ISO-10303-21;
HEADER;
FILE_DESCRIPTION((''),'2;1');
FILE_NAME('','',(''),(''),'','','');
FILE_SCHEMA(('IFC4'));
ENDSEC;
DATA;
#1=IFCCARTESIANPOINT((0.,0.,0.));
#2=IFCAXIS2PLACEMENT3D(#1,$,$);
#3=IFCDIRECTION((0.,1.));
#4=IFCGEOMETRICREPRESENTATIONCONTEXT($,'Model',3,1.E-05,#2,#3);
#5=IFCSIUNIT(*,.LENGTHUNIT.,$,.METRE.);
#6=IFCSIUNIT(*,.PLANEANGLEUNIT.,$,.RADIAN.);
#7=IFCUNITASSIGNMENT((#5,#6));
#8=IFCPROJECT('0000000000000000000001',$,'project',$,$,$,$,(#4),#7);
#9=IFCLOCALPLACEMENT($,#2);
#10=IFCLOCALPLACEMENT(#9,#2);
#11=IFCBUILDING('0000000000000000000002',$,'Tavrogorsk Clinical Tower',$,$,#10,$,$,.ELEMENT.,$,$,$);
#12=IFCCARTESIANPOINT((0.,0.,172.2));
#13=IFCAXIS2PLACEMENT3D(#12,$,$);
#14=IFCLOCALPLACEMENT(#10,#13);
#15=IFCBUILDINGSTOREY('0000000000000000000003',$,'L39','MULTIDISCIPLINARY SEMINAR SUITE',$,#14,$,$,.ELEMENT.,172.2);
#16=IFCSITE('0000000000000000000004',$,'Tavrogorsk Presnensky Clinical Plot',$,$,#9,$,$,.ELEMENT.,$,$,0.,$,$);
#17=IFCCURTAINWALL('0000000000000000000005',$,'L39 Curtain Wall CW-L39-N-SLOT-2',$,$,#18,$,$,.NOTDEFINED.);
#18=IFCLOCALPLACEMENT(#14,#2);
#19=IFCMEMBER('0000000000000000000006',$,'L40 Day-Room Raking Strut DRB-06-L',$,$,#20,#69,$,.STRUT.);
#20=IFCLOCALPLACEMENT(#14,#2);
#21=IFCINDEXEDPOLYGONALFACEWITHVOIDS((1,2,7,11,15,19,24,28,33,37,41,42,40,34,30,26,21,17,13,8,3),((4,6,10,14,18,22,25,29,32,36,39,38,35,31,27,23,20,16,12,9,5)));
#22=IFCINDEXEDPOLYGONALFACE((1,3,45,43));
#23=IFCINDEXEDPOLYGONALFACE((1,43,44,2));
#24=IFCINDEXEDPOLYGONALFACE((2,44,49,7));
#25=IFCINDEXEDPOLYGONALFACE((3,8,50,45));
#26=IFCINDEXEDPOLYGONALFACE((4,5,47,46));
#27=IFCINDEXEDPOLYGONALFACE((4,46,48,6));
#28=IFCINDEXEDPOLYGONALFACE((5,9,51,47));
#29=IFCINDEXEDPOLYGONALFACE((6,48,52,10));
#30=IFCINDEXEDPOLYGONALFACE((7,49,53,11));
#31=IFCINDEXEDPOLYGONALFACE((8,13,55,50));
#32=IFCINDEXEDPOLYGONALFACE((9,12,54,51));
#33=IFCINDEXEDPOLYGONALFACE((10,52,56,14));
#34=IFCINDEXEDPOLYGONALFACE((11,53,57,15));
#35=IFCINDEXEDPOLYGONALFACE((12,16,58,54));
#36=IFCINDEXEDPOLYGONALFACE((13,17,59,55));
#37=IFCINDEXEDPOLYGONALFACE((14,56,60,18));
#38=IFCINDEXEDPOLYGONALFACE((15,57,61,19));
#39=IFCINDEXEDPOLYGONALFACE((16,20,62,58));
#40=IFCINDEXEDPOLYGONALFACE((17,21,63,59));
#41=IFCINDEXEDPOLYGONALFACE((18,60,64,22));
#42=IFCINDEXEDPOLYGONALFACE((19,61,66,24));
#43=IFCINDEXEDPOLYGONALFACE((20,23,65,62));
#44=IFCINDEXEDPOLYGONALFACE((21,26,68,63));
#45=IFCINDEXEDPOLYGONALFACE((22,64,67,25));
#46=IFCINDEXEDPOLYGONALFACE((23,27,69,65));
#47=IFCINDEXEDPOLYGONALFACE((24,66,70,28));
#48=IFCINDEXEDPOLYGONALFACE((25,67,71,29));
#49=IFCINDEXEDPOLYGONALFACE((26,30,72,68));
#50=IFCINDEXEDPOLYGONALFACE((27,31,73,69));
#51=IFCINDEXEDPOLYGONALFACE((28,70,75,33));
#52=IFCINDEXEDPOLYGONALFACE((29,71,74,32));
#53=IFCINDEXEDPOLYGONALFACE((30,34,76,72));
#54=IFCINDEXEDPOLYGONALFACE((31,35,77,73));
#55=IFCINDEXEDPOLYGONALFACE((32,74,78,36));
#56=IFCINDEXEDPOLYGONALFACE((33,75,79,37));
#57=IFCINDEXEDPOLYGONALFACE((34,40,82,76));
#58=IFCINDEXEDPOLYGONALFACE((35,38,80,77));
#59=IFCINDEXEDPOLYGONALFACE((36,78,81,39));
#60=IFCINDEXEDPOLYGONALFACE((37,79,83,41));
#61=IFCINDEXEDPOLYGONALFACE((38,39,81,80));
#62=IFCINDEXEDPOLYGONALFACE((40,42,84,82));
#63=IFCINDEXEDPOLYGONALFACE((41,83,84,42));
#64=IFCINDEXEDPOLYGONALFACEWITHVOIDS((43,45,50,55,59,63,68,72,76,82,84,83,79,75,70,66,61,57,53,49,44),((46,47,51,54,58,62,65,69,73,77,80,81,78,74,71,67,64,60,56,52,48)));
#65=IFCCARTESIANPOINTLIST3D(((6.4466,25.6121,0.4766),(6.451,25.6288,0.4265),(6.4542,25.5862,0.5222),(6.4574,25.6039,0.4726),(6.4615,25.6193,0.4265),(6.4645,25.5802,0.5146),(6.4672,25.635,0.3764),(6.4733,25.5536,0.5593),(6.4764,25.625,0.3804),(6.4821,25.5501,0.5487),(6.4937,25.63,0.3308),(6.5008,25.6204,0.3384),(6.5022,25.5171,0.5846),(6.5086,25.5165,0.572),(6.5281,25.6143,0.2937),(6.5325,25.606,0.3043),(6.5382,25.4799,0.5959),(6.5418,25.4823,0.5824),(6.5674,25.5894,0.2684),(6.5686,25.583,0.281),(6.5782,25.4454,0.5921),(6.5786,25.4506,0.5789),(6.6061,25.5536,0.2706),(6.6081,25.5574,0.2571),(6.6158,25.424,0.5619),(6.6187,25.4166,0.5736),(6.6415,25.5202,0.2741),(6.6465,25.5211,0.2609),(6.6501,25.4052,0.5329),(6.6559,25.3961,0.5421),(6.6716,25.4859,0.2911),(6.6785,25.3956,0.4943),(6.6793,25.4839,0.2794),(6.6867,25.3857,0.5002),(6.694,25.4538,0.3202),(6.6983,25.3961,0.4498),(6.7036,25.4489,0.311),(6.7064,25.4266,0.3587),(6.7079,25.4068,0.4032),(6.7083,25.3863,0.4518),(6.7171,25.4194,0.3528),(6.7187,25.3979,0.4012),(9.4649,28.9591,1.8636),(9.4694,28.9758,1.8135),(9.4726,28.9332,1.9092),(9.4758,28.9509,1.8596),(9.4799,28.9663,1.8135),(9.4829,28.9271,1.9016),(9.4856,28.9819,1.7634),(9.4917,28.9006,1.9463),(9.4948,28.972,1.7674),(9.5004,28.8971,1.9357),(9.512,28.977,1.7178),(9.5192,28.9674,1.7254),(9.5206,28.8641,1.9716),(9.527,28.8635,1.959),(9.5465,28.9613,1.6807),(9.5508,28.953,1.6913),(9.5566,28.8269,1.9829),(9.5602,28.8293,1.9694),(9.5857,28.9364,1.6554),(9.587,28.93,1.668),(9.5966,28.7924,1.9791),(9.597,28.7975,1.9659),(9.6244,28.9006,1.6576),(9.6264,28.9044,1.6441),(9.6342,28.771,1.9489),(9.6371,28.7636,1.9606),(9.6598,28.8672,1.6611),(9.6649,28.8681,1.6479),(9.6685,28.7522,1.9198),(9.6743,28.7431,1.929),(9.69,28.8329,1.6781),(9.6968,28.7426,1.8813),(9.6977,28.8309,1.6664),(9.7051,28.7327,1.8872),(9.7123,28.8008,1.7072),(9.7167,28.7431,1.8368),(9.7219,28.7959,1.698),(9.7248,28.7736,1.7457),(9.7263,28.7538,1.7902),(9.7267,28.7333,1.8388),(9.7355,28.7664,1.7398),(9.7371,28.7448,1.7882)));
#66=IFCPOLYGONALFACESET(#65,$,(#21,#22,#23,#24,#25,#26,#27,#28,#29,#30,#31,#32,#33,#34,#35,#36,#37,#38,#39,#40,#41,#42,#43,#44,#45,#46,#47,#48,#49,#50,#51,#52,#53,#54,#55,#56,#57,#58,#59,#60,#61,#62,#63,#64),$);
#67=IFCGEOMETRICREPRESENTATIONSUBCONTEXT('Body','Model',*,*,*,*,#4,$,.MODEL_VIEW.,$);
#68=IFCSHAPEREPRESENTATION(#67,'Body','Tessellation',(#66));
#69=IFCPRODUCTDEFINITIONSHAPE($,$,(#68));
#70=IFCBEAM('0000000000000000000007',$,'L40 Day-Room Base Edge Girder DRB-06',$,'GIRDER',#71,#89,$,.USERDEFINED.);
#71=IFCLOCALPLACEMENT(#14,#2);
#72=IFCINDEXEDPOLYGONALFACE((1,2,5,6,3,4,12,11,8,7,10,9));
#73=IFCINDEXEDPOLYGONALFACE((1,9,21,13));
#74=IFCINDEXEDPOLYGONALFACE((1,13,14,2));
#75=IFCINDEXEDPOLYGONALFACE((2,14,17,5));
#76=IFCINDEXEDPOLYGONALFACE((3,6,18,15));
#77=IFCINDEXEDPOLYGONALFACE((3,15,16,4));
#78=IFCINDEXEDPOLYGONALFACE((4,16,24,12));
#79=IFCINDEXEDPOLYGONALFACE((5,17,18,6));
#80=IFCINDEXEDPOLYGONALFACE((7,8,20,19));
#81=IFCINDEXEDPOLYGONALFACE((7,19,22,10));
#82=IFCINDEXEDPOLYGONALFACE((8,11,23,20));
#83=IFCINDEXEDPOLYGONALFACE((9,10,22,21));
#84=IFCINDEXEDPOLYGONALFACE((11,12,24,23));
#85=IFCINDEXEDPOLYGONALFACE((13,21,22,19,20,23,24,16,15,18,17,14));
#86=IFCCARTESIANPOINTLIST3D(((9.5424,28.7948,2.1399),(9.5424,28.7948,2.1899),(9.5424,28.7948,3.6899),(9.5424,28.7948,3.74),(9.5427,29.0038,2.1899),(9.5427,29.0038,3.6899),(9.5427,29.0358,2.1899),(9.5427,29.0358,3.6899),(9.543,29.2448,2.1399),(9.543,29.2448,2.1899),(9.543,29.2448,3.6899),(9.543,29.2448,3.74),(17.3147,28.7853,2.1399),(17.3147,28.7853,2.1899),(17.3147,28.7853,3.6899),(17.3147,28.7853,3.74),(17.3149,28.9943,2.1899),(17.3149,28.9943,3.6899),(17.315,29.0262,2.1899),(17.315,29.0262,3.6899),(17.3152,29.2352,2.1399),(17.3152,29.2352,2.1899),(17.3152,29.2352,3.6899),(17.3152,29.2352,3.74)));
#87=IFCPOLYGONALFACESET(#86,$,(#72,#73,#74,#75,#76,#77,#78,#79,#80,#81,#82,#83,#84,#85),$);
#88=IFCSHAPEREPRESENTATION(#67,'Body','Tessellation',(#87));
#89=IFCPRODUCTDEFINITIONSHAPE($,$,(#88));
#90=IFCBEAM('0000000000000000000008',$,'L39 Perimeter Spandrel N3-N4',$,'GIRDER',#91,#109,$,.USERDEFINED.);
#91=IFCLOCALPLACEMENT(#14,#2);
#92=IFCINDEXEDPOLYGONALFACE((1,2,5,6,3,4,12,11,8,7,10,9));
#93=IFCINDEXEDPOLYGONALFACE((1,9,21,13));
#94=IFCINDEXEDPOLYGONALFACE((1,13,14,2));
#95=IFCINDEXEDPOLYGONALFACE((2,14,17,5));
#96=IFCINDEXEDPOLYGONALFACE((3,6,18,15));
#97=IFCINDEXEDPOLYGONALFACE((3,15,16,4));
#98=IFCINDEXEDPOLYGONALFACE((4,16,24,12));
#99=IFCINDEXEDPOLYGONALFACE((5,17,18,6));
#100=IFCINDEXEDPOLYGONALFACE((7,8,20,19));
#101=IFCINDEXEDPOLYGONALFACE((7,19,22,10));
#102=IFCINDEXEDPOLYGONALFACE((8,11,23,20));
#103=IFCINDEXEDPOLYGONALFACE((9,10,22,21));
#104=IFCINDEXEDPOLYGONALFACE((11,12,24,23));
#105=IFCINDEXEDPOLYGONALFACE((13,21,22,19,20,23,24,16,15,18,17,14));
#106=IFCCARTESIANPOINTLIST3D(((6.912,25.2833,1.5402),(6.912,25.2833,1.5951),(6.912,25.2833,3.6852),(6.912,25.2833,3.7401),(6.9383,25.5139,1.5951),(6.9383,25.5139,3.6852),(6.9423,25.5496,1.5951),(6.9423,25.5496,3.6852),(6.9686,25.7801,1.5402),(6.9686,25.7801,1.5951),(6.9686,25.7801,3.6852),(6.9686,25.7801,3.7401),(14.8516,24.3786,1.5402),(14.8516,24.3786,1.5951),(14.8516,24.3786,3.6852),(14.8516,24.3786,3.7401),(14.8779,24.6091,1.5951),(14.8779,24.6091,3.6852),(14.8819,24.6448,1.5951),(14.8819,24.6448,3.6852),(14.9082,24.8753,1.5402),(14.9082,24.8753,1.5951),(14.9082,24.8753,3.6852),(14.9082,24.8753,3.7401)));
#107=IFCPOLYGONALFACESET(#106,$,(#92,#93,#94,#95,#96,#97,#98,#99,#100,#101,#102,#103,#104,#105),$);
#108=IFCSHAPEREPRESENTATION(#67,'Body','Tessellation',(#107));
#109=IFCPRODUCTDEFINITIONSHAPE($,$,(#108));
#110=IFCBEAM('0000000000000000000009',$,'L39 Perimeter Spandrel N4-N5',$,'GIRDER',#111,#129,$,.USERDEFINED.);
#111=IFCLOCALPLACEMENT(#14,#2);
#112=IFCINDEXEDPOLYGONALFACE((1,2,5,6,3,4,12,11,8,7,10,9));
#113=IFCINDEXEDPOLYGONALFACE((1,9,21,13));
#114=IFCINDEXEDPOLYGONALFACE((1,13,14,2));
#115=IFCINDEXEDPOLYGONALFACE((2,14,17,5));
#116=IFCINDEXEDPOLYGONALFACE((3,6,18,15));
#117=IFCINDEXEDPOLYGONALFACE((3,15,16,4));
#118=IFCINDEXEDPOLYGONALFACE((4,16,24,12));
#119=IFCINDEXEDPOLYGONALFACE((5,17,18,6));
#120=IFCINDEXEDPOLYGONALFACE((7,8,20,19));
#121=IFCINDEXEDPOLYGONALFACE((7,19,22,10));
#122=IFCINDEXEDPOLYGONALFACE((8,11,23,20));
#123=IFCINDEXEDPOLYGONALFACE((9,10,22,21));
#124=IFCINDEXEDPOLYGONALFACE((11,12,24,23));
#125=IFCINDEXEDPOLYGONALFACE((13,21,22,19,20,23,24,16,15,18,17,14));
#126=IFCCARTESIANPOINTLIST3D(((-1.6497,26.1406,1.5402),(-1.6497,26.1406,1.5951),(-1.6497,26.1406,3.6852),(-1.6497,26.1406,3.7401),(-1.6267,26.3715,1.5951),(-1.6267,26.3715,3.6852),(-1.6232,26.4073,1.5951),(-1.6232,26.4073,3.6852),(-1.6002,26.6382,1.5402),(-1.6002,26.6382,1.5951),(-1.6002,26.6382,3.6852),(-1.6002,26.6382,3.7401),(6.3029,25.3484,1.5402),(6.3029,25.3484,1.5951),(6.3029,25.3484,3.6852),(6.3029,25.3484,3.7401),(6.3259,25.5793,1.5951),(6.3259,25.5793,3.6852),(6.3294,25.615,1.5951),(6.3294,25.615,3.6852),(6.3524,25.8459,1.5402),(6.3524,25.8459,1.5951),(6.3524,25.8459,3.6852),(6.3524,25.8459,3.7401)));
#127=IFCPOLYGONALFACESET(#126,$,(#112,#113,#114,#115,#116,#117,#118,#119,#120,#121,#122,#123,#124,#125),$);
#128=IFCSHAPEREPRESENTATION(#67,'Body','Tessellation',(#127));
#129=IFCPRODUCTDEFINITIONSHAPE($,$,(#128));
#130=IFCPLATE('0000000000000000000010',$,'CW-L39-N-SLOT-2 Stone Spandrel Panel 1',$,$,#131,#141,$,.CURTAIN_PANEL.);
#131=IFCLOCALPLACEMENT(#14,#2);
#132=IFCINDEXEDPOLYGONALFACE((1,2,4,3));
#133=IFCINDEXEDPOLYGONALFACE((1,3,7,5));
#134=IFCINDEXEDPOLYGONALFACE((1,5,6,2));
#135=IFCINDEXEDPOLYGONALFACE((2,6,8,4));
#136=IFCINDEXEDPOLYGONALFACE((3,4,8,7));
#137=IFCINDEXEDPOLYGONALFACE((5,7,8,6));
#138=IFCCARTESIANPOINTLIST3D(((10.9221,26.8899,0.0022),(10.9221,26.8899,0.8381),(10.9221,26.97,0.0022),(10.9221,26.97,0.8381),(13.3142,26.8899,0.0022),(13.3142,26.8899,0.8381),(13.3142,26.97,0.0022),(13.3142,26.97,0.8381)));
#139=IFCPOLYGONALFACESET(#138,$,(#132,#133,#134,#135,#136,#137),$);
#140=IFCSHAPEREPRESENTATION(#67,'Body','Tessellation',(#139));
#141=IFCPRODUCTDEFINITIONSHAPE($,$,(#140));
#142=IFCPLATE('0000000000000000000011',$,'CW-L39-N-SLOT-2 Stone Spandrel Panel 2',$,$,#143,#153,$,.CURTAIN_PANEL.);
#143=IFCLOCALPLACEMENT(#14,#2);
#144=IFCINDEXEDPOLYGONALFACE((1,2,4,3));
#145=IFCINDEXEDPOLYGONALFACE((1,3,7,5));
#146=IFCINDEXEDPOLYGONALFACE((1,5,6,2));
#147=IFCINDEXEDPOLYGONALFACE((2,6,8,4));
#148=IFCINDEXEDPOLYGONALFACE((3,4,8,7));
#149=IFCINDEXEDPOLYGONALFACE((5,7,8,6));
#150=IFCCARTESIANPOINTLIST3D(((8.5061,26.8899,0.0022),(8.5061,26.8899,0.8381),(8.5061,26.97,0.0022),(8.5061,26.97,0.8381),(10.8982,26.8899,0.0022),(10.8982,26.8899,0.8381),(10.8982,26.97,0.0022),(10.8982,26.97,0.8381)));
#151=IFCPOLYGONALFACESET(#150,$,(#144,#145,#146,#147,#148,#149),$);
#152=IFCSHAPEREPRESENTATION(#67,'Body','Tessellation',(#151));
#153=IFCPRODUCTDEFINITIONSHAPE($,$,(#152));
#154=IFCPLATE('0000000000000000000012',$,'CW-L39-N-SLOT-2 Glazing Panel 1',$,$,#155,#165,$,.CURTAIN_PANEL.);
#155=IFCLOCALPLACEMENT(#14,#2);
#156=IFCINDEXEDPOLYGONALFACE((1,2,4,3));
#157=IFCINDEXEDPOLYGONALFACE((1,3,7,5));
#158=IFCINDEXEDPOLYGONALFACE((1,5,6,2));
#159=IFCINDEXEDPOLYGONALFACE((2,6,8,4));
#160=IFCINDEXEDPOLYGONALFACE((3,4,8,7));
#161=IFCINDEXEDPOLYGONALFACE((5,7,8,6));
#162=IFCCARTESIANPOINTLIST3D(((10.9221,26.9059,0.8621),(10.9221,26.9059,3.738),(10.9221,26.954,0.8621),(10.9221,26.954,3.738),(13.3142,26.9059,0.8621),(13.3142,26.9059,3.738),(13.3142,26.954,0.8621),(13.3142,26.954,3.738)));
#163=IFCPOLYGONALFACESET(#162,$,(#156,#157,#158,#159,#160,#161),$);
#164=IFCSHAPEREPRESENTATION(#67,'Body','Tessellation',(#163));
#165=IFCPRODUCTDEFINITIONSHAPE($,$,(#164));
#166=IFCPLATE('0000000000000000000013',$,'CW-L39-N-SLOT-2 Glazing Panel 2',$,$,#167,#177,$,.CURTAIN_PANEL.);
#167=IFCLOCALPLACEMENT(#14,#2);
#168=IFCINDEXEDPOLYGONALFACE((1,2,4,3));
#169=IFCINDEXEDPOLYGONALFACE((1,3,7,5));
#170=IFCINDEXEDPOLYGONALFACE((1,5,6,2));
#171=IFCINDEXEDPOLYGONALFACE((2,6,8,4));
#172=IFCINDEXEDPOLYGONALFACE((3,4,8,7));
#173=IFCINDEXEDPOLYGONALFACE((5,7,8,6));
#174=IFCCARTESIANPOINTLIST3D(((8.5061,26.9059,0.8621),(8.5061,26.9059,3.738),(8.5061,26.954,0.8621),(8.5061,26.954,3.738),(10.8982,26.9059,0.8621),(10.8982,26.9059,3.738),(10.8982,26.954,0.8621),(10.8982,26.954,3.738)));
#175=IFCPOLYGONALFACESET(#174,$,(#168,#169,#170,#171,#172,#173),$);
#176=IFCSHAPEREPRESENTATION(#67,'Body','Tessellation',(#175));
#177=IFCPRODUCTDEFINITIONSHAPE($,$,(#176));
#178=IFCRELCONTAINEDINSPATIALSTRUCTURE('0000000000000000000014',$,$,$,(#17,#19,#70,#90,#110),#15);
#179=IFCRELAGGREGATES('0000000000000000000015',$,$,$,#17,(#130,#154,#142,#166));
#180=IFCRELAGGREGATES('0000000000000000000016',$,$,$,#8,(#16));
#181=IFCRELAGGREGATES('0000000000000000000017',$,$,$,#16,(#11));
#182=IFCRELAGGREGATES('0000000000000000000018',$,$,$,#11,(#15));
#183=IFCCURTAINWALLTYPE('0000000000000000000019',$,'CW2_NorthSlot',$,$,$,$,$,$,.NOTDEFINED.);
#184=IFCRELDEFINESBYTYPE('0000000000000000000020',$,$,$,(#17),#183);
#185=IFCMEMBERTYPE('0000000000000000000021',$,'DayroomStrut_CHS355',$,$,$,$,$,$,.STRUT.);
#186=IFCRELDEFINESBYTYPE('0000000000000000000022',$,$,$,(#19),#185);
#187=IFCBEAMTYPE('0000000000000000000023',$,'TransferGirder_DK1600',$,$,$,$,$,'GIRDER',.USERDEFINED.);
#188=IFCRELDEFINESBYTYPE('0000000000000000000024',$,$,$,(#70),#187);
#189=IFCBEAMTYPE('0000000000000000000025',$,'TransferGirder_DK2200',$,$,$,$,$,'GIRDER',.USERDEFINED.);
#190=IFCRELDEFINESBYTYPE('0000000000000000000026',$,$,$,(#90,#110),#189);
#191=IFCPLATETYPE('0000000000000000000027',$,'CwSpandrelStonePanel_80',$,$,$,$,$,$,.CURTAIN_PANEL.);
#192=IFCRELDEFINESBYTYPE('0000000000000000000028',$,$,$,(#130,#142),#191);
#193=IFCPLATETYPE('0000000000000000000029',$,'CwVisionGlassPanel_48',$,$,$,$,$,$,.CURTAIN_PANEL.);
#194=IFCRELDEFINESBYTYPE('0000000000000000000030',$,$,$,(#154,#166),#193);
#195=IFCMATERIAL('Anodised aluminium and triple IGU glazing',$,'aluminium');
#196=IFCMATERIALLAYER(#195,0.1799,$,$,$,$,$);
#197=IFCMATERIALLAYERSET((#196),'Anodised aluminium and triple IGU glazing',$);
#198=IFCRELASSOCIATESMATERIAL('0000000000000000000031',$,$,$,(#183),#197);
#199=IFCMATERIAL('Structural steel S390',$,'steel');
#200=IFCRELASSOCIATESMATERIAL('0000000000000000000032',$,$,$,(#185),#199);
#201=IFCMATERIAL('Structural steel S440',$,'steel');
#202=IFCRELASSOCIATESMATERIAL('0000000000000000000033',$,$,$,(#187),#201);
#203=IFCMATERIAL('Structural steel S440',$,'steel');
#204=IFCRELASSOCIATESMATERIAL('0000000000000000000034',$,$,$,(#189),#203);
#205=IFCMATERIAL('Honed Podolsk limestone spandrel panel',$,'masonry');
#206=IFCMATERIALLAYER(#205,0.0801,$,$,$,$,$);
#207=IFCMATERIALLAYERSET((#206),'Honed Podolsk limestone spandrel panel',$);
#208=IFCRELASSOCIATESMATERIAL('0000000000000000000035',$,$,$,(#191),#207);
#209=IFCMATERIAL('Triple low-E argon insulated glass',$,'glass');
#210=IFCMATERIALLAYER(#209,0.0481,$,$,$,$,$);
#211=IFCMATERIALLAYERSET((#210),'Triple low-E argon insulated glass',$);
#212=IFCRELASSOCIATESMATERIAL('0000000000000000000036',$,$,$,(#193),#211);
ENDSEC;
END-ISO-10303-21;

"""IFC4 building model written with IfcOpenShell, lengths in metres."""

from ifc_helpers import new_model, si_unit, direction, frame, origin, origin_2d, place, context, subcontext, project, spatial, rectangle, hollow_circle, i_section, extrude, material, layer, layer_set, material_profile, profile_set, type_object, element, aggregate, save


model = new_model("IFC4")

# Units and contexts
model_context = context("Model", 3, precision=1e-05, world=origin(), true_north=direction((0.0, 1.0)))
body_context = subcontext(model_context, "Body", "Model", "MODEL_VIEW")
ifc_project = project(units=[si_unit("LENGTHUNIT", "METRE"), si_unit("PLANEANGLEUNIT", "RADIAN")], contexts=[model_context])

# Site, building, storey
site_placement = place(None, origin())
site = spatial("IfcSite", under=ifc_project, at=site_placement, Name="Tavrogorsk Presnensky Clinical Plot", CompositionType="ELEMENT", RefElevation=0.0)
building_placement = place(site_placement, origin())
building = spatial("IfcBuilding", under=site, at=building_placement, Name="Tavrogorsk Clinical Tower", CompositionType="ELEMENT")
storey_placement = place(building_placement, frame((0.0, 0.0, 172.2)))
storey = spatial("IfcBuildingStorey", under=building, at=storey_placement, Name="L39", Description="MULTIDISCIPLINARY SEMINAR SUITE", CompositionType="ELEMENT", Elevation=172.2)

# Curtain wall
ifc_material_1 = material(Name="Anodised aluminium and triple IGU glazing", Category="aluminium")
ifc_layer_1 = layer(ifc_material_1, 0.1799)
ifc_layer_set_1 = layer_set([ifc_layer_1], Name="Anodised aluminium and triple IGU glazing")
curtain_wall_type = type_object("IfcCurtainWallType", Name="CW2_NorthSlot", PredefinedType="NOTDEFINED", material=ifc_layer_set_1)
curtain_wall_placement = place(storey_placement, origin())
curtain_wall = element("IfcCurtainWall", 1, at=curtain_wall_placement, inside=storey, type_object=curtain_wall_type, Name="L39 Curtain Wall CW-L39-N-SLOT-2", PredefinedType="NOTDEFINED")

# Member
ifc_material_2 = material(Name="Structural steel S390", Category="steel")
ifc_material_profile_1 = material_profile(ifc_material_2, hollow_circle(Radius=0.1777, WallThickness=0.0142, at=origin_2d()), Name="CHS-355.6x14.2")
ifc_profile_set_1 = profile_set([ifc_material_profile_1], Name="Structural steel S390")
member_type_1 = type_object("IfcMemberType", Name="DayroomStrut_CHS355", PredefinedType="STRUT", material=ifc_profile_set_1)
member_1_placement = place(storey_placement, frame((6.583, 25.5098, 0.4265), z_axis=(0.640085, 0.709774, 0.29413), x_axis=(-0.742623, 0.66971, 0.0)))
element("IfcMember", 2, at=member_1_placement, inside=storey, type_object=member_type_1, Name="L40 Day-Room Raking Strut DRB-06-L", PredefinedType="STRUT", context=body_context, shape_type="SweptSolid", body=[
    extrude(hollow_circle(Radius=0.1777, WallThickness=0.0142, at=origin_2d()), origin(), (0.0, 0.0, 1.0), 4.7156),
])

# Beams
ifc_material_3 = material(Name="Structural steel S440", Category="steel")
ifc_material_profile_2 = material_profile(ifc_material_3, i_section(OverallWidth=0.45, OverallDepth=1.6001, WebThickness=0.032, FlangeThickness=0.05, at=origin_2d()), Name="DK-1600x450x32x50")
ifc_profile_set_2 = profile_set([ifc_material_profile_2], Name="Structural steel S440")
beam_type_1 = type_object("IfcBeamType", Name="TransferGirder_DK1600", ElementType="GIRDER", PredefinedType="USERDEFINED", material=ifc_profile_set_2)
beam_1_placement = place(storey_placement, frame((9.5427, 29.0198, 2.9399), z_axis=(0.999999, -0.001225, 0.0), x_axis=(0.001225, 0.999999, 0.0)))
element("IfcBeam", 3, at=beam_1_placement, inside=storey, type_object=beam_type_1, Name="L40 Day-Room Base Edge Girder DRB-06", ObjectType="GIRDER", PredefinedType="USERDEFINED", context=body_context, shape_type="SweptSolid", body=[
    extrude(i_section(OverallWidth=0.45, OverallDepth=1.6001, WebThickness=0.032, FlangeThickness=0.05, at=origin_2d()), origin(), (0.0, 0.0, 1.0), 7.7722),
])
ifc_material_4 = material(Name="Structural steel S440", Category="steel")
ifc_material_profile_3 = material_profile(ifc_material_4, i_section(OverallWidth=0.5, OverallDepth=2.2, WebThickness=0.0359, FlangeThickness=0.0549, at=origin_2d()), Name="DK-2200x500x36x55")
ifc_profile_set_3 = profile_set([ifc_material_profile_3], Name="Structural steel S440")
beam_type_2 = type_object("IfcBeamType", Name="TransferGirder_DK2200", ElementType="GIRDER", PredefinedType="USERDEFINED", material=ifc_profile_set_3)
beam_2_placement = place(storey_placement, frame((14.8799, 24.627, 2.6401), z_axis=(-0.993569, 0.113224, 0.0), x_axis=(-0.113224, -0.993569, 0.0)))
element("IfcBeam", 4, at=beam_2_placement, inside=storey, type_object=beam_type_2, Name="L39 Perimeter Spandrel N3-N4", ObjectType="GIRDER", PredefinedType="USERDEFINED", context=body_context, shape_type="SweptSolid", body=[
    extrude(i_section(OverallWidth=0.5, OverallDepth=2.2, WebThickness=0.0359, FlangeThickness=0.0549, at=origin_2d()), origin(), (0.0, 0.0, 1.0), 7.991),
])
beam_3_placement = place(storey_placement, frame((6.3276, 25.5972, 2.6401), z_axis=(-0.995075, 0.099129, 0.0), x_axis=(-0.099129, -0.995075, 0.0)))
element("IfcBeam", 5, at=beam_3_placement, inside=storey, type_object=beam_type_2, Name="L39 Perimeter Spandrel N4-N5", ObjectType="GIRDER", PredefinedType="USERDEFINED", context=body_context, shape_type="SweptSolid", body=[
    extrude(i_section(OverallWidth=0.5, OverallDepth=2.2, WebThickness=0.0359, FlangeThickness=0.0549, at=origin_2d()), origin(), (0.0, 0.0, 1.0), 7.9919),
])

# Plates
ifc_material_5 = material(Name="Honed Podolsk limestone spandrel panel", Category="masonry")
ifc_layer_2 = layer(ifc_material_5, 0.0801)
ifc_layer_set_2 = layer_set([ifc_layer_2], Name="Honed Podolsk limestone spandrel panel")
plate_type_1 = type_object("IfcPlateType", Name="CwSpandrelStonePanel_80", PredefinedType="CURTAIN_PANEL", material=ifc_layer_set_2)
plate_1_placement = place(storey_placement, frame((12.1182, 26.9299, 0.0022), z_axis=(0.0, 0.0, 1.0), x_axis=(-1.0, 0.0, 0.0)))
plate_1 = element("IfcPlate", 6, at=plate_1_placement, type_object=plate_type_1, Name="CW-L39-N-SLOT-2 Stone Spandrel Panel 1", PredefinedType="CURTAIN_PANEL", context=body_context, shape_type="SweptSolid", body=[
    extrude(rectangle(XDim=2.3921, YDim=0.0801, at=origin_2d()), origin(), (0.0, 0.0, 1.0), 0.8359),
])
plate_2_placement = place(storey_placement, frame((9.7021, 26.9299, 0.0022), z_axis=(0.0, 0.0, 1.0), x_axis=(-1.0, 0.0, 0.0)))
plate_2 = element("IfcPlate", 7, at=plate_2_placement, type_object=plate_type_1, Name="CW-L39-N-SLOT-2 Stone Spandrel Panel 2", PredefinedType="CURTAIN_PANEL", context=body_context, shape_type="SweptSolid", body=[
    extrude(rectangle(XDim=2.3921, YDim=0.0801, at=origin_2d()), origin(), (0.0, 0.0, 1.0), 0.8359),
])
ifc_material_6 = material(Name="Triple low-E argon insulated glass", Category="glass")
ifc_layer_3 = layer(ifc_material_6, 0.0481)
ifc_layer_set_3 = layer_set([ifc_layer_3], Name="Triple low-E argon insulated glass")
plate_type_2 = type_object("IfcPlateType", Name="CwVisionGlassPanel_48", PredefinedType="CURTAIN_PANEL", material=ifc_layer_set_3)
plate_3_placement = place(storey_placement, frame((12.1182, 26.9299, 0.8621), z_axis=(0.0, 0.0, 1.0), x_axis=(-1.0, 0.0, 0.0)))
plate_3 = element("IfcPlate", 8, at=plate_3_placement, type_object=plate_type_2, Name="CW-L39-N-SLOT-2 Glazing Panel 1", PredefinedType="CURTAIN_PANEL", context=body_context, shape_type="SweptSolid", body=[
    extrude(rectangle(XDim=2.3921, YDim=0.0481, at=origin_2d()), origin(), (0.0, 0.0, 1.0), 2.876),
])
plate_4_placement = place(storey_placement, frame((9.7021, 26.9299, 0.8621), z_axis=(0.0, 0.0, 1.0), x_axis=(-1.0, 0.0, 0.0)))
plate_4 = element("IfcPlate", 9, at=plate_4_placement, type_object=plate_type_2, Name="CW-L39-N-SLOT-2 Glazing Panel 2", PredefinedType="CURTAIN_PANEL", context=body_context, shape_type="SweptSolid", body=[
    extrude(rectangle(XDim=2.3921, YDim=0.0481, at=origin_2d()), origin(), (0.0, 0.0, 1.0), 2.876),
])
aggregate(curtain_wall, [plate_1, plate_3, plate_2, plate_4])

save(model, "model.ifc")
